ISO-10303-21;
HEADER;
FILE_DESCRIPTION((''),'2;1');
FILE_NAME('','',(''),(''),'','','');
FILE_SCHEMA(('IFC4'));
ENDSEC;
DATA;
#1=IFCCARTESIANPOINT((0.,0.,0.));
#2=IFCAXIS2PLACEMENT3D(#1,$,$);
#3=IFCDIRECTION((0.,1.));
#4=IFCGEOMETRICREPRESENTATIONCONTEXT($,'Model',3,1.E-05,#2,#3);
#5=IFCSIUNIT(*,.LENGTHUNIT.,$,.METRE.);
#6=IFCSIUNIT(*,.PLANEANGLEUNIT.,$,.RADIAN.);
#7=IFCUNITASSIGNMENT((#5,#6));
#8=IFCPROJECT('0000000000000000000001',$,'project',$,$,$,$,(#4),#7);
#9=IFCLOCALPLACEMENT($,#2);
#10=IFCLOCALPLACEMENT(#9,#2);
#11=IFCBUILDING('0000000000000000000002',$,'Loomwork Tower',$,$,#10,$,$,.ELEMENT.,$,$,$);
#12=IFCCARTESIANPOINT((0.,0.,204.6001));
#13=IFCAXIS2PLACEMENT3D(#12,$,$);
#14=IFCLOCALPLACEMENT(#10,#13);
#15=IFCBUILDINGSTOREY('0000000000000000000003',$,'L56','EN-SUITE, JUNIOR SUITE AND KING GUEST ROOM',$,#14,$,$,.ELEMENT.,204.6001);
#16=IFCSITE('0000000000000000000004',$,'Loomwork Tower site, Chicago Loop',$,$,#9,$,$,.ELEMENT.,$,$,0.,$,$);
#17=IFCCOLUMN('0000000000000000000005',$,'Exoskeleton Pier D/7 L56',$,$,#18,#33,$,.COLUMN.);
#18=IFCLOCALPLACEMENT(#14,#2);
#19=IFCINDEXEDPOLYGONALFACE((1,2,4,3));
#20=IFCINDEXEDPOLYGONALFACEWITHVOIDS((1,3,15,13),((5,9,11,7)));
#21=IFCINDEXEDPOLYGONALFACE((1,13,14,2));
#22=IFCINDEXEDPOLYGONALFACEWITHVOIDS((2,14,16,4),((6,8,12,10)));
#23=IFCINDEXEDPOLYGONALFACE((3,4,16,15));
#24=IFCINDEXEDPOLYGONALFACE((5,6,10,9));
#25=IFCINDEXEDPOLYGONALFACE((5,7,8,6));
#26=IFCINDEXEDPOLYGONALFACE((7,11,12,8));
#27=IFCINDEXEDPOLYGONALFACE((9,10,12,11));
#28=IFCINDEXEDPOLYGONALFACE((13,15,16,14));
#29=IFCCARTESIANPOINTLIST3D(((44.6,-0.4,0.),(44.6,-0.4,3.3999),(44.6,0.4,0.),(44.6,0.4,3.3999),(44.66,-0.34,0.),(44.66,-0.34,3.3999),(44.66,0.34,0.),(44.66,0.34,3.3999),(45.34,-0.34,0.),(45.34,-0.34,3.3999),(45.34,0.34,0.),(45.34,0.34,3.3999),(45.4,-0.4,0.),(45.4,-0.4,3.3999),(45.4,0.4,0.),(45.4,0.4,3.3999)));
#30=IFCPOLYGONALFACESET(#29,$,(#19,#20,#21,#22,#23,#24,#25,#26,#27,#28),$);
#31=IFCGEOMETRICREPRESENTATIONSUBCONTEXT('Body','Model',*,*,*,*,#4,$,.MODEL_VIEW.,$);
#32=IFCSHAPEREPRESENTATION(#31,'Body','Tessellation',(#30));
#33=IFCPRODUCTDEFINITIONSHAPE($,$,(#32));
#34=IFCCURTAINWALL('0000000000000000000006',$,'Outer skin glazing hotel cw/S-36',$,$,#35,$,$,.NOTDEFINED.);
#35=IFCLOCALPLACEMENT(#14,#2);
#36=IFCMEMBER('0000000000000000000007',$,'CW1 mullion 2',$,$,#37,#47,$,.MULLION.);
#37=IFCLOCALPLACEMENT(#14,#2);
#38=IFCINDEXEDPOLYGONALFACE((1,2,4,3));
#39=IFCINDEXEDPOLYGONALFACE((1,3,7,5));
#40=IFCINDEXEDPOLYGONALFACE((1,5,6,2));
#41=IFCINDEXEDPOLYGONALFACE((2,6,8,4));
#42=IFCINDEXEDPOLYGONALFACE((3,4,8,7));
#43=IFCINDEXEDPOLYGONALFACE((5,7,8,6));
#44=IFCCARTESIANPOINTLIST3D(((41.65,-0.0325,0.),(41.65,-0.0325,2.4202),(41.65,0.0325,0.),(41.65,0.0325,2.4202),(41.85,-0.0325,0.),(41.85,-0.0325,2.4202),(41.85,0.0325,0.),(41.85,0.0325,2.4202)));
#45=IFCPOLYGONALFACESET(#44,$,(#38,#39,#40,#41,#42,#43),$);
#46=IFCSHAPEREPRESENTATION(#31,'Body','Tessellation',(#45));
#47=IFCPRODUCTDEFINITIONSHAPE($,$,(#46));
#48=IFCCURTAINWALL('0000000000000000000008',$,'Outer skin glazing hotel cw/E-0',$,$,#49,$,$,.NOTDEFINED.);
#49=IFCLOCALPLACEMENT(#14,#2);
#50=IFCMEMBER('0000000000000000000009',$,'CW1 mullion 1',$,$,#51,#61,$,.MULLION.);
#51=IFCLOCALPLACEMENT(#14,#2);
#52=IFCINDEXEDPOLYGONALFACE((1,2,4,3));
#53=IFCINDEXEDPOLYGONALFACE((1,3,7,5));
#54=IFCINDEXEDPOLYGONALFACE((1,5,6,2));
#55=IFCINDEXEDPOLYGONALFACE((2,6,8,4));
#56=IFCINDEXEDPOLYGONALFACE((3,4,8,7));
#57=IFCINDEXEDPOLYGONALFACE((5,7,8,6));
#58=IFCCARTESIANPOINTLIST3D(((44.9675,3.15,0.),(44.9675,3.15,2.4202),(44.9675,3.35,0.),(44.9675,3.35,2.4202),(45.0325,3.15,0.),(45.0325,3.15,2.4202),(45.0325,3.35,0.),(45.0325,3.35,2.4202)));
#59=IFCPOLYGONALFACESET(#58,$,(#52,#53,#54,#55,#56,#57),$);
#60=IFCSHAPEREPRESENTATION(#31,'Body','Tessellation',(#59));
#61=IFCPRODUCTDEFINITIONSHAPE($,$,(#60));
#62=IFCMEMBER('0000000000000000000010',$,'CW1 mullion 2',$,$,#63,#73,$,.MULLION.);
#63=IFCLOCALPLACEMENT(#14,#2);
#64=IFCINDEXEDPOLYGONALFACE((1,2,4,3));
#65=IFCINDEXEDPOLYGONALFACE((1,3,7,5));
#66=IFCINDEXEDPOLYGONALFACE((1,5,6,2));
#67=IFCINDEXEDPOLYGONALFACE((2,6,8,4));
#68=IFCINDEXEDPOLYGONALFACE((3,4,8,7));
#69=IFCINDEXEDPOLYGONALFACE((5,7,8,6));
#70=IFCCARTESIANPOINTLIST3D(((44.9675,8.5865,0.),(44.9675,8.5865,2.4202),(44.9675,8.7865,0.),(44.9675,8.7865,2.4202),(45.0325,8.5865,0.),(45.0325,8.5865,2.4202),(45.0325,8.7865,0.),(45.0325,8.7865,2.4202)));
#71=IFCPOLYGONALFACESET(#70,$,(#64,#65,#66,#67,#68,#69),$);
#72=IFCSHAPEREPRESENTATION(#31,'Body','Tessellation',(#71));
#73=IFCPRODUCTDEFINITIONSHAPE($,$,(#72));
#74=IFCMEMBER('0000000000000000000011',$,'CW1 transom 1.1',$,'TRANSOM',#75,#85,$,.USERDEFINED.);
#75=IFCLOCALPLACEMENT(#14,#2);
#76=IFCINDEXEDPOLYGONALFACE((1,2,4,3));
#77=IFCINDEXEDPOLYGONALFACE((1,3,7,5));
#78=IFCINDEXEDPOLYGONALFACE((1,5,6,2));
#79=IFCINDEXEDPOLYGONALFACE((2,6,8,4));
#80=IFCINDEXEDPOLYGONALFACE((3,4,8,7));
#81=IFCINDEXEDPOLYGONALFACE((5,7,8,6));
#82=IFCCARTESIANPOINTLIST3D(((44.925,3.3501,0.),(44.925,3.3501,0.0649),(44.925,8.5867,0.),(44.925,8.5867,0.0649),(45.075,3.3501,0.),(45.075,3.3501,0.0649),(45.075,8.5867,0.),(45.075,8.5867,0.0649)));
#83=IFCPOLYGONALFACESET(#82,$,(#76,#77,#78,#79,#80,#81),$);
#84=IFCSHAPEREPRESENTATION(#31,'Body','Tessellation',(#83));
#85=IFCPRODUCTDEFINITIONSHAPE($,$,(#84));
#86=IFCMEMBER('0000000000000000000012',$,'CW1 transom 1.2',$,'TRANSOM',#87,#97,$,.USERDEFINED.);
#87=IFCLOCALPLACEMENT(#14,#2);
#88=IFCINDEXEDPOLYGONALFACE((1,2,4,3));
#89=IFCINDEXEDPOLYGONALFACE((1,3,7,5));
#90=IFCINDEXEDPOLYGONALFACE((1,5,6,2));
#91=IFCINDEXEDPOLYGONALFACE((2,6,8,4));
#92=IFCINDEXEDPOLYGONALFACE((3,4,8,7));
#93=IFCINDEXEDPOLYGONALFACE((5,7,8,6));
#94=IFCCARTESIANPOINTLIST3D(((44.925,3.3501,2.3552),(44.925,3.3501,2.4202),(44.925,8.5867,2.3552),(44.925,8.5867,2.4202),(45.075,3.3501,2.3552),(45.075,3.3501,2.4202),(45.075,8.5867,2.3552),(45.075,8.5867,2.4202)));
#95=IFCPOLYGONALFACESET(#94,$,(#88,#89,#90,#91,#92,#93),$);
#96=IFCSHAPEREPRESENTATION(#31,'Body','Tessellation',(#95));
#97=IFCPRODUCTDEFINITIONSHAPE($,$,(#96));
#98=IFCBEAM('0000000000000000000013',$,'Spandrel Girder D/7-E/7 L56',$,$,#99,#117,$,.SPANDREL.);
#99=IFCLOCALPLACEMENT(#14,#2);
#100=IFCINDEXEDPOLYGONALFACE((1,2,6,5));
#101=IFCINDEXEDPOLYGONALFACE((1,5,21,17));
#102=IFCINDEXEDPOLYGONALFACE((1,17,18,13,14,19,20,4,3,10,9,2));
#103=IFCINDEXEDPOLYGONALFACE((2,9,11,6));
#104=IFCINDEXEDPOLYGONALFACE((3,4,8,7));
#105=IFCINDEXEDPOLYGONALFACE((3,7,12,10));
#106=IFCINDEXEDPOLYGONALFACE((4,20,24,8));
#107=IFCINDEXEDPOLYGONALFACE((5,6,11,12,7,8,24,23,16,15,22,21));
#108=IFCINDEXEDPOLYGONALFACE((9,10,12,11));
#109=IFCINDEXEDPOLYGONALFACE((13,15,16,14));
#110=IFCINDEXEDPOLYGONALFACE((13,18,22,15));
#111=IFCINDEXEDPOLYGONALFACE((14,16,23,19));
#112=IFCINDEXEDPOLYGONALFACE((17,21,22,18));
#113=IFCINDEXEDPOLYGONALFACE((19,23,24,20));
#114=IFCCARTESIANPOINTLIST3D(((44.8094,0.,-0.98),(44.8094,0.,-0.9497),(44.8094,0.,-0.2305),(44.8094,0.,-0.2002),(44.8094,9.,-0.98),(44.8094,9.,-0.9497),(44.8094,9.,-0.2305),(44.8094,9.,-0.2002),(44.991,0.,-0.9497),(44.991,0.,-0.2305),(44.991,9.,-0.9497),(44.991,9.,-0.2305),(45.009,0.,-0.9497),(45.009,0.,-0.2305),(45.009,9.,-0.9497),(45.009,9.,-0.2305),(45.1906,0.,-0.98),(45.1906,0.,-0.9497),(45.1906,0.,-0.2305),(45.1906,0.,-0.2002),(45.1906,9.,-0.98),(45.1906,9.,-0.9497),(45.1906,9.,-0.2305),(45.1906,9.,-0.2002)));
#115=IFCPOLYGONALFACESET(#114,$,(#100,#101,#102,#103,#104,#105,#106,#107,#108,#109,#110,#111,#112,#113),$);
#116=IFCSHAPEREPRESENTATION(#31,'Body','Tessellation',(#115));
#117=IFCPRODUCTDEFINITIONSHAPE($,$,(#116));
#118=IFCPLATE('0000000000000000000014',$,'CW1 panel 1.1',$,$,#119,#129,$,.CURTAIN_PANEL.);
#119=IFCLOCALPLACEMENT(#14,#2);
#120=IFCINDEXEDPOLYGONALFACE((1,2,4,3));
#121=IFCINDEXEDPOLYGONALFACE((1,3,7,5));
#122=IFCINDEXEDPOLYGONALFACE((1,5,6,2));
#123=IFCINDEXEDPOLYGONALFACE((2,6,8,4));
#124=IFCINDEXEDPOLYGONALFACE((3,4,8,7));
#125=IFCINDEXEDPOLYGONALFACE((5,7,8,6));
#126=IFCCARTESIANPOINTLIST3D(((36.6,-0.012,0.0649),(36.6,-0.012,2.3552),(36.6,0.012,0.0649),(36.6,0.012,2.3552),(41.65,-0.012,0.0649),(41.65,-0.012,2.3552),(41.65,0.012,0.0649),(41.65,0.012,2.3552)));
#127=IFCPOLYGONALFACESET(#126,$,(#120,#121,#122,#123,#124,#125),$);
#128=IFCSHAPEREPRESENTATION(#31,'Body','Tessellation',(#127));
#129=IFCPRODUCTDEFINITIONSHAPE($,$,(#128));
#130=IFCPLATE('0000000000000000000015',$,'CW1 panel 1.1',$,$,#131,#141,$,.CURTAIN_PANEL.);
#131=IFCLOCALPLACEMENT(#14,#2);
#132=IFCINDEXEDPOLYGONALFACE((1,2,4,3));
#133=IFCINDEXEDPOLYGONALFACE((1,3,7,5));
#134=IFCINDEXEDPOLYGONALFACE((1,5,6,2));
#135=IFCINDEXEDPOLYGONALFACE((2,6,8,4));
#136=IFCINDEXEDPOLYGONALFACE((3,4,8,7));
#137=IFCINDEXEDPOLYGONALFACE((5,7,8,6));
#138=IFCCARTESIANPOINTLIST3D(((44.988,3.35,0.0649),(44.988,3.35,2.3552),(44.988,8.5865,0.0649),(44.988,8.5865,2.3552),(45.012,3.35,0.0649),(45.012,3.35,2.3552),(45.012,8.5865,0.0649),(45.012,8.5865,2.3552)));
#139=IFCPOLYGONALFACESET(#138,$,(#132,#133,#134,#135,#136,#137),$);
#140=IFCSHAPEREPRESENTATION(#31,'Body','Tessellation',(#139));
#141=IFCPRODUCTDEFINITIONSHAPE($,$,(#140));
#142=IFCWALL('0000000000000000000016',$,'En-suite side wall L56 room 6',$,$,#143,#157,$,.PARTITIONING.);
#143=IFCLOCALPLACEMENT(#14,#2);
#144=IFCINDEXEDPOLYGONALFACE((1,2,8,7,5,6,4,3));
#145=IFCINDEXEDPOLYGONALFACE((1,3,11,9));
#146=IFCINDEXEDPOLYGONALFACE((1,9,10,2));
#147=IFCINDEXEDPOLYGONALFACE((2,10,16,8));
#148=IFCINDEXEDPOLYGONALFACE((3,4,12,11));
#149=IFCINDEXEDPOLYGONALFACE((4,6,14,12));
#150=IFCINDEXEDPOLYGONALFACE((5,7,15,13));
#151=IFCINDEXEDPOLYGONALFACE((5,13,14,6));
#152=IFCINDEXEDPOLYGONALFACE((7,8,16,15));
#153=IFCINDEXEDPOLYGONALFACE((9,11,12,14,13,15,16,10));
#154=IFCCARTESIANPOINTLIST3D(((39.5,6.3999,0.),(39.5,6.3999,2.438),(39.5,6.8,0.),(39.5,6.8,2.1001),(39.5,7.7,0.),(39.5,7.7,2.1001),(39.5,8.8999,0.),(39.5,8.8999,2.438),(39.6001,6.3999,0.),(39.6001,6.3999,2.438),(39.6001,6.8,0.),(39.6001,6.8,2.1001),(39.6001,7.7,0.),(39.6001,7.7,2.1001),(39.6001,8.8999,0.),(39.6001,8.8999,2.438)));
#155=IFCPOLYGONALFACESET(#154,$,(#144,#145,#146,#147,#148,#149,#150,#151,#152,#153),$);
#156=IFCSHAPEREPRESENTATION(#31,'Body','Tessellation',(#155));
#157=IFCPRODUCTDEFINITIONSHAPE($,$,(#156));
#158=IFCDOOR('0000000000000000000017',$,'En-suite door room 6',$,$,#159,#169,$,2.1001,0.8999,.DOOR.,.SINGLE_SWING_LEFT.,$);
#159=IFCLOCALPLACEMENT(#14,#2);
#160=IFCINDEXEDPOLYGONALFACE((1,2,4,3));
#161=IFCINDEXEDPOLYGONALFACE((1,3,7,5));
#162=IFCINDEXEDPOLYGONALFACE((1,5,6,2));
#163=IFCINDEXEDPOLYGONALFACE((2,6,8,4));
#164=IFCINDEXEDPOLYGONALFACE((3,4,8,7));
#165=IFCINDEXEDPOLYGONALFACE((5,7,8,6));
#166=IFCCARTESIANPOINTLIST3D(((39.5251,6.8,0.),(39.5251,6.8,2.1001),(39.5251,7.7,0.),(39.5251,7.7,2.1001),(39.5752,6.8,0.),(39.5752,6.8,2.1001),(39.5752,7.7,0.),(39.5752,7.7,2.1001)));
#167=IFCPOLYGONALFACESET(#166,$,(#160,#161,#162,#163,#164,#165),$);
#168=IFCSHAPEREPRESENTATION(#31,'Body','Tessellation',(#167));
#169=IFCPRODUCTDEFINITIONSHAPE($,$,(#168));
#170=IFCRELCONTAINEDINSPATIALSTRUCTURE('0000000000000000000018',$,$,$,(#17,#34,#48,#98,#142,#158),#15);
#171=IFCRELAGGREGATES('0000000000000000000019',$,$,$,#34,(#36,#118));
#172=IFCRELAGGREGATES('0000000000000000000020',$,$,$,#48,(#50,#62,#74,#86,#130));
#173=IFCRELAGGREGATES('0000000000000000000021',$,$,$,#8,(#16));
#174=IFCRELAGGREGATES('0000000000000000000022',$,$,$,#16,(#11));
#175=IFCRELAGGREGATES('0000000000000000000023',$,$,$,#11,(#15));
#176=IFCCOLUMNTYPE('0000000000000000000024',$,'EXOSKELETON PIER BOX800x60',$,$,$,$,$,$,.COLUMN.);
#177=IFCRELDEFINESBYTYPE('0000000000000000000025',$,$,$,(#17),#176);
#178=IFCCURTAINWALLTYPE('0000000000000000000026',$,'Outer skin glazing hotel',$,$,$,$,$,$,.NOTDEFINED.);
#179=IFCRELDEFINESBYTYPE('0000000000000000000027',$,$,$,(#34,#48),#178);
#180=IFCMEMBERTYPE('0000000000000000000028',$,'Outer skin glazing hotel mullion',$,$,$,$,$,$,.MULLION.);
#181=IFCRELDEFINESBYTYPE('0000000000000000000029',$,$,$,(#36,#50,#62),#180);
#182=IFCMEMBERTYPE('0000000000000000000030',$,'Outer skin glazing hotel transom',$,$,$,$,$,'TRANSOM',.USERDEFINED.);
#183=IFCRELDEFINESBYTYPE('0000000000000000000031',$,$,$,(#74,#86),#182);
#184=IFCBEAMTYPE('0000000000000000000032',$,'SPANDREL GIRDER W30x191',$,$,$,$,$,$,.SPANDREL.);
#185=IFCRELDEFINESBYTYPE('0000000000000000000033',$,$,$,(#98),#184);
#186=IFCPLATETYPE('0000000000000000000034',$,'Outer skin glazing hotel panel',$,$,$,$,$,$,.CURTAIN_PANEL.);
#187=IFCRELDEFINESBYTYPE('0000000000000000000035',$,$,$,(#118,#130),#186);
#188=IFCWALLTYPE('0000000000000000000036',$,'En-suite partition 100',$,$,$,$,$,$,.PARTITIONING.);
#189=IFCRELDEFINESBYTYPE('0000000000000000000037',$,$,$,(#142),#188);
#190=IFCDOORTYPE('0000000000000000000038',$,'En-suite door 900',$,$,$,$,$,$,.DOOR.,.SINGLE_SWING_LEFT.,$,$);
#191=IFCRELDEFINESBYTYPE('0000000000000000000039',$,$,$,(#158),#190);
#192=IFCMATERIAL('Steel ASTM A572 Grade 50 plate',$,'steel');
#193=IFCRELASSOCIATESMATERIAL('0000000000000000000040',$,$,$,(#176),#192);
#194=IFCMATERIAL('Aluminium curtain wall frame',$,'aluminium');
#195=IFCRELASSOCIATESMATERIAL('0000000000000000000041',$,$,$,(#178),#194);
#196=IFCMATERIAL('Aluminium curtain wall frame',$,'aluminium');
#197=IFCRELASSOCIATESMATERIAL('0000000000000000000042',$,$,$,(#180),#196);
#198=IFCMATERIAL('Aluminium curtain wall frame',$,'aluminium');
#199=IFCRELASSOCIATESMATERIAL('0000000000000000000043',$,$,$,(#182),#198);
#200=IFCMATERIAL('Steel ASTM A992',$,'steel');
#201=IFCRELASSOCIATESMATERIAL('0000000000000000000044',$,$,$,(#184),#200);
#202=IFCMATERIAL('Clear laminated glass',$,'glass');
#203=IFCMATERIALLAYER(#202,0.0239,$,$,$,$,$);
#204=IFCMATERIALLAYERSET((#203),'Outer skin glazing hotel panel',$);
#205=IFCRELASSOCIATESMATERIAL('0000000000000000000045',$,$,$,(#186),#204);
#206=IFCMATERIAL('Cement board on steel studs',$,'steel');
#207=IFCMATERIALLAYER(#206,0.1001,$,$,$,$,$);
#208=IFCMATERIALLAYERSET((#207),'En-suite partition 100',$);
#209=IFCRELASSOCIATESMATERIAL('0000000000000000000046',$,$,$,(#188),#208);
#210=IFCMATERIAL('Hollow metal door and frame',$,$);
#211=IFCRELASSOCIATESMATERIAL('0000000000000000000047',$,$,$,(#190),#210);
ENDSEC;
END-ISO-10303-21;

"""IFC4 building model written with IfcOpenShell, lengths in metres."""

from ifc_helpers import new_model, si_unit, direction, frame, frame_2d, origin, origin_2d, place, context, subcontext, project, spatial, rectangle, hollow_rectangle, i_section, extrude, material, layer, layer_set, material_profile, profile_set, type_object, element, fill, aggregate, save


model = new_model("IFC4")

# Units and contexts
model_context = context("Model", 3, precision=1e-05, world=origin(), true_north=direction((0.0, 1.0)))
body_context = subcontext(model_context, "Body", "Model", "MODEL_VIEW")
ifc_project = project(units=[si_unit("LENGTHUNIT", "METRE"), si_unit("PLANEANGLEUNIT", "RADIAN")], contexts=[model_context])

# Site, building, storey
site_placement = place(None, origin())
site = spatial("IfcSite", under=ifc_project, at=site_placement, Name="Loomwork Tower site, Chicago Loop", CompositionType="ELEMENT", RefElevation=0.0)
building_placement = place(site_placement, origin())
building = spatial("IfcBuilding", under=site, at=building_placement, Name="Loomwork Tower", CompositionType="ELEMENT")
storey_placement = place(building_placement, frame((0.0, 0.0, 204.6001)))
storey = spatial("IfcBuildingStorey", under=building, at=storey_placement, Name="L56", Description="EN-SUITE, JUNIOR SUITE AND KING GUEST ROOM", CompositionType="ELEMENT", Elevation=204.6001)

# Column
ifc_material_1 = material(Name="Steel ASTM A572 Grade 50 plate", Category="steel")
ifc_material_profile_1 = material_profile(ifc_material_1, hollow_rectangle(XDim=0.8, YDim=0.8, WallThickness=0.0601, at=origin_2d()), Name="BOX800x60")
ifc_profile_set_1 = profile_set([ifc_material_profile_1], Name="Steel ASTM A572 Grade 50 plate")
column_type = type_object("IfcColumnType", Name="EXOSKELETON PIER BOX800x60", PredefinedType="COLUMN", material=ifc_profile_set_1)
column_placement = place(storey_placement, frame((45.0, 0.0, 0.0), z_axis=(0.0, 0.0, 1.0), x_axis=(1.0, 0.0, 0.0)))
element("IfcColumn", 1, at=column_placement, inside=storey, type_object=column_type, Name="Exoskeleton Pier D/7 L56", PredefinedType="COLUMN", context=body_context, shape_type="SweptSolid", body=[
    extrude(hollow_rectangle(XDim=0.8, YDim=0.8, WallThickness=0.0601, at=origin_2d()), origin(), (0.0, 0.0, 1.0), 3.3999),
])

# Curtain wall, member
ifc_material_2 = material(Name="Aluminium curtain wall frame", Category="aluminium")
curtain_wall_type = type_object("IfcCurtainWallType", Name="Outer skin glazing hotel", PredefinedType="NOTDEFINED", material=ifc_material_2)
curtain_wall_1_placement = place(storey_placement, origin())
curtain_wall_1 = element("IfcCurtainWall", 2, at=curtain_wall_1_placement, inside=storey, type_object=curtain_wall_type, Name="Outer skin glazing hotel cw/S-36", PredefinedType="NOTDEFINED")
ifc_material_3 = material(Name="Aluminium curtain wall frame", Category="aluminium")
ifc_material_profile_2 = material_profile(ifc_material_3, rectangle(XDim=0.0649, YDim=0.2, at=origin_2d()), Name="AL 65x200")
ifc_profile_set_2 = profile_set([ifc_material_profile_2], Name="Aluminium curtain wall frame")
member_type_1 = type_object("IfcMemberType", Name="Outer skin glazing hotel mullion", PredefinedType="MULLION", material=ifc_profile_set_2)
member_1_placement = place(storey_placement, frame((41.75, 0.0, 0.0), z_axis=(0.0, 0.0, 1.0), x_axis=(0.0, 1.0, 0.0)))
member_1 = element("IfcMember", 3, at=member_1_placement, type_object=member_type_1, Name="CW1 mullion 2", PredefinedType="MULLION", context=body_context, shape_type="SweptSolid", body=[
    extrude(rectangle(XDim=0.0649, YDim=0.2, at=origin_2d()), origin(), (0.0, 0.0, 1.0), 2.4202),
])

# Curtain wall, members
curtain_wall_2_placement = place(storey_placement, origin())
curtain_wall_2 = element("IfcCurtainWall", 4, at=curtain_wall_2_placement, inside=storey, type_object=curtain_wall_type, Name="Outer skin glazing hotel cw/E-0", PredefinedType="NOTDEFINED")
member_2_placement = place(storey_placement, frame((45.0, 3.25, 0.0), z_axis=(0.0, 0.0, 1.0), x_axis=(-1.0, 0.0, 0.0)))
member_2 = element("IfcMember", 5, at=member_2_placement, type_object=member_type_1, Name="CW1 mullion 1", PredefinedType="MULLION", context=body_context, shape_type="SweptSolid", body=[
    extrude(rectangle(XDim=0.0649, YDim=0.2, at=origin_2d()), origin(), (0.0, 0.0, 1.0), 2.4202),
])
member_3_placement = place(storey_placement, frame((45.0, 8.6865, 0.0), z_axis=(0.0, 0.0, 1.0), x_axis=(-1.0, 0.0, 0.0)))
member_3 = element("IfcMember", 6, at=member_3_placement, type_object=member_type_1, Name="CW1 mullion 2", PredefinedType="MULLION", context=body_context, shape_type="SweptSolid", body=[
    extrude(rectangle(XDim=0.0649, YDim=0.2, at=origin_2d()), origin(), (0.0, 0.0, 1.0), 2.4202),
])
ifc_material_4 = material(Name="Aluminium curtain wall frame", Category="aluminium")
ifc_material_profile_3 = material_profile(ifc_material_4, rectangle(XDim=0.1499, YDim=0.0649, at=origin_2d()), Name="AL 65x150")
ifc_profile_set_3 = profile_set([ifc_material_profile_3], Name="Aluminium curtain wall frame")
member_type_2 = type_object("IfcMemberType", Name="Outer skin glazing hotel transom", ElementType="TRANSOM", PredefinedType="USERDEFINED", material=ifc_profile_set_3)
member_4_placement = place(storey_placement, frame((45.0, 3.3501, 0.0325), z_axis=(0.0, 1.0, 0.0), x_axis=(-1.0, 0.0, 0.0)))
member_4 = element("IfcMember", 7, at=member_4_placement, type_object=member_type_2, Name="CW1 transom 1.1", ObjectType="TRANSOM", PredefinedType="USERDEFINED", context=body_context, shape_type="SweptSolid", body=[
    extrude(rectangle(XDim=0.1499, YDim=0.0649, at=origin_2d()), origin(), (0.0, 0.0, 1.0), 5.2366),
])
member_5_placement = place(storey_placement, frame((45.0, 3.3501, 2.3877), z_axis=(0.0, 1.0, 0.0), x_axis=(-1.0, 0.0, 0.0)))
member_5 = element("IfcMember", 8, at=member_5_placement, type_object=member_type_2, Name="CW1 transom 1.2", ObjectType="TRANSOM", PredefinedType="USERDEFINED", context=body_context, shape_type="SweptSolid", body=[
    extrude(rectangle(XDim=0.1499, YDim=0.0649, at=origin_2d()), origin(), (0.0, 0.0, 1.0), 5.2366),
])

# Beam
ifc_material_5 = material(Name="Steel ASTM A992", Category="steel")
ifc_material_profile_4 = material_profile(ifc_material_5, i_section(OverallWidth=0.3811, OverallDepth=0.7798, WebThickness=0.0181, FlangeThickness=0.0303, at=origin_2d()), Name="W30x191")
ifc_profile_set_4 = profile_set([ifc_material_profile_4], Name="Steel ASTM A992")
beam_type = type_object("IfcBeamType", Name="SPANDREL GIRDER W30x191", PredefinedType="SPANDREL", material=ifc_profile_set_4)
beam_placement = place(storey_placement, frame((45.0, 0.0, -0.5901), z_axis=(0.0, 1.0, 0.0), x_axis=(-1.0, 0.0, 0.0)))
element("IfcBeam", 9, at=beam_placement, inside=storey, type_object=beam_type, Name="Spandrel Girder D/7-E/7 L56", PredefinedType="SPANDREL", context=body_context, shape_type="SweptSolid", body=[
    extrude(i_section(OverallWidth=0.3811, OverallDepth=0.7798, WebThickness=0.0181, FlangeThickness=0.0303, at=origin_2d()), origin(), (0.0, 0.0, 1.0), 9.0),
])

# Plates
ifc_material_6 = material(Name="Clear laminated glass", Category="glass")
ifc_layer_1 = layer(ifc_material_6, 0.0239)
ifc_layer_set_1 = layer_set([ifc_layer_1], Name="Outer skin glazing hotel panel")
plate_type = type_object("IfcPlateType", Name="Outer skin glazing hotel panel", PredefinedType="CURTAIN_PANEL", material=ifc_layer_set_1)
plate_1_placement = place(storey_placement, frame((39.125, 0.0, 0.0649), z_axis=(0.0, 0.0, 1.0), x_axis=(1.0, 0.0, 0.0)))
plate_1 = element("IfcPlate", 10, at=plate_1_placement, type_object=plate_type, Name="CW1 panel 1.1", PredefinedType="CURTAIN_PANEL", context=body_context, shape_type="SweptSolid", body=[
    extrude(rectangle(XDim=5.05, YDim=0.0239, at=origin_2d()), origin(), (0.0, 0.0, 1.0), 2.2903),
])
aggregate(curtain_wall_1, [member_1, plate_1])
plate_2_placement = place(storey_placement, frame((45.0, 5.9683, 0.0649), z_axis=(0.0, 0.0, 1.0), x_axis=(0.0, 1.0, 0.0)))
plate_2 = element("IfcPlate", 11, at=plate_2_placement, type_object=plate_type, Name="CW1 panel 1.1", PredefinedType="CURTAIN_PANEL", context=body_context, shape_type="SweptSolid", body=[
    extrude(rectangle(XDim=5.2366, YDim=0.0239, at=origin_2d()), origin(), (0.0, 0.0, 1.0), 2.2903),
])
aggregate(curtain_wall_2, [member_2, member_3, member_4, member_5, plate_2])

# Wall, opening, door
ifc_material_7 = material(Name="Cement board on steel studs", Category="steel")
ifc_layer_2 = layer(ifc_material_7, 0.1001)
ifc_layer_set_2 = layer_set([ifc_layer_2], Name="En-suite partition 100")
wall_type_1 = type_object("IfcWallType", Name="En-suite partition 100", PredefinedType="PARTITIONING", material=ifc_layer_set_2)
wall_1_placement = place(storey_placement, frame((39.55, 8.8999, 0.0), z_axis=(0.0, 0.0, 1.0), x_axis=(0.0, -1.0, 0.0)))
wall_1 = element("IfcWall", 12, at=wall_1_placement, inside=storey, type_object=wall_type_1, Name="En-suite side wall L56 room 6", PredefinedType="PARTITIONING", context=body_context, shape_type="SweptSolid", body=[
    extrude(rectangle(XDim=2.5, YDim=0.1001, at=frame_2d((1.25, 0.0))), origin(), (0.0, 0.0, 1.0), 2.438),
])
opening_1_placement = place(wall_1_placement, frame((1.2, 0.0, 0.0)))
opening_1 = element("IfcOpeningElement", 13, at=opening_1_placement, cuts=wall_1, PredefinedType="OPENING", context=body_context, shape_type="SweptSolid", body=[
    extrude(rectangle(XDim=0.8999, YDim=2.1001, at=frame_2d((0.45, 1.05))), frame((0.0, 0.0601, 0.0), z_axis=(0.0, -1.0, 0.0), x_axis=(1.0, 0.0, 0.0)), (0.0, 0.0, 1.0), 0.1201),
])
ifc_material_8 = material(Name="Hollow metal door and frame")
door_type = type_object("IfcDoorType", Name="En-suite door 900", OperationType="SINGLE_SWING_LEFT", PredefinedType="DOOR", material=ifc_material_8)
door_placement = place(opening_1_placement, frame((0.8999, 0.0, 0.0), z_axis=(0.0, 0.0, 1.0), x_axis=(-1.0, 0.0, 0.0)))
door = element("IfcDoor", 14, at=door_placement, inside=storey, type_object=door_type, Name="En-suite door room 6", OperationType="SINGLE_SWING_LEFT", OverallHeight=2.1001, OverallWidth=0.8999, PredefinedType="DOOR", context=body_context, shape_type="SweptSolid", body=[
    extrude(rectangle(XDim=0.8999, YDim=2.1001, at=frame_2d((0.45, 1.05))), frame((0.0, 0.0249, 0.0), z_axis=(0.0, -1.0, 0.0), x_axis=(1.0, 0.0, 0.0)), (0.0, 0.0, 1.0), 0.05),
])
fill(opening_1, door)

save(model, "model.ifc")
